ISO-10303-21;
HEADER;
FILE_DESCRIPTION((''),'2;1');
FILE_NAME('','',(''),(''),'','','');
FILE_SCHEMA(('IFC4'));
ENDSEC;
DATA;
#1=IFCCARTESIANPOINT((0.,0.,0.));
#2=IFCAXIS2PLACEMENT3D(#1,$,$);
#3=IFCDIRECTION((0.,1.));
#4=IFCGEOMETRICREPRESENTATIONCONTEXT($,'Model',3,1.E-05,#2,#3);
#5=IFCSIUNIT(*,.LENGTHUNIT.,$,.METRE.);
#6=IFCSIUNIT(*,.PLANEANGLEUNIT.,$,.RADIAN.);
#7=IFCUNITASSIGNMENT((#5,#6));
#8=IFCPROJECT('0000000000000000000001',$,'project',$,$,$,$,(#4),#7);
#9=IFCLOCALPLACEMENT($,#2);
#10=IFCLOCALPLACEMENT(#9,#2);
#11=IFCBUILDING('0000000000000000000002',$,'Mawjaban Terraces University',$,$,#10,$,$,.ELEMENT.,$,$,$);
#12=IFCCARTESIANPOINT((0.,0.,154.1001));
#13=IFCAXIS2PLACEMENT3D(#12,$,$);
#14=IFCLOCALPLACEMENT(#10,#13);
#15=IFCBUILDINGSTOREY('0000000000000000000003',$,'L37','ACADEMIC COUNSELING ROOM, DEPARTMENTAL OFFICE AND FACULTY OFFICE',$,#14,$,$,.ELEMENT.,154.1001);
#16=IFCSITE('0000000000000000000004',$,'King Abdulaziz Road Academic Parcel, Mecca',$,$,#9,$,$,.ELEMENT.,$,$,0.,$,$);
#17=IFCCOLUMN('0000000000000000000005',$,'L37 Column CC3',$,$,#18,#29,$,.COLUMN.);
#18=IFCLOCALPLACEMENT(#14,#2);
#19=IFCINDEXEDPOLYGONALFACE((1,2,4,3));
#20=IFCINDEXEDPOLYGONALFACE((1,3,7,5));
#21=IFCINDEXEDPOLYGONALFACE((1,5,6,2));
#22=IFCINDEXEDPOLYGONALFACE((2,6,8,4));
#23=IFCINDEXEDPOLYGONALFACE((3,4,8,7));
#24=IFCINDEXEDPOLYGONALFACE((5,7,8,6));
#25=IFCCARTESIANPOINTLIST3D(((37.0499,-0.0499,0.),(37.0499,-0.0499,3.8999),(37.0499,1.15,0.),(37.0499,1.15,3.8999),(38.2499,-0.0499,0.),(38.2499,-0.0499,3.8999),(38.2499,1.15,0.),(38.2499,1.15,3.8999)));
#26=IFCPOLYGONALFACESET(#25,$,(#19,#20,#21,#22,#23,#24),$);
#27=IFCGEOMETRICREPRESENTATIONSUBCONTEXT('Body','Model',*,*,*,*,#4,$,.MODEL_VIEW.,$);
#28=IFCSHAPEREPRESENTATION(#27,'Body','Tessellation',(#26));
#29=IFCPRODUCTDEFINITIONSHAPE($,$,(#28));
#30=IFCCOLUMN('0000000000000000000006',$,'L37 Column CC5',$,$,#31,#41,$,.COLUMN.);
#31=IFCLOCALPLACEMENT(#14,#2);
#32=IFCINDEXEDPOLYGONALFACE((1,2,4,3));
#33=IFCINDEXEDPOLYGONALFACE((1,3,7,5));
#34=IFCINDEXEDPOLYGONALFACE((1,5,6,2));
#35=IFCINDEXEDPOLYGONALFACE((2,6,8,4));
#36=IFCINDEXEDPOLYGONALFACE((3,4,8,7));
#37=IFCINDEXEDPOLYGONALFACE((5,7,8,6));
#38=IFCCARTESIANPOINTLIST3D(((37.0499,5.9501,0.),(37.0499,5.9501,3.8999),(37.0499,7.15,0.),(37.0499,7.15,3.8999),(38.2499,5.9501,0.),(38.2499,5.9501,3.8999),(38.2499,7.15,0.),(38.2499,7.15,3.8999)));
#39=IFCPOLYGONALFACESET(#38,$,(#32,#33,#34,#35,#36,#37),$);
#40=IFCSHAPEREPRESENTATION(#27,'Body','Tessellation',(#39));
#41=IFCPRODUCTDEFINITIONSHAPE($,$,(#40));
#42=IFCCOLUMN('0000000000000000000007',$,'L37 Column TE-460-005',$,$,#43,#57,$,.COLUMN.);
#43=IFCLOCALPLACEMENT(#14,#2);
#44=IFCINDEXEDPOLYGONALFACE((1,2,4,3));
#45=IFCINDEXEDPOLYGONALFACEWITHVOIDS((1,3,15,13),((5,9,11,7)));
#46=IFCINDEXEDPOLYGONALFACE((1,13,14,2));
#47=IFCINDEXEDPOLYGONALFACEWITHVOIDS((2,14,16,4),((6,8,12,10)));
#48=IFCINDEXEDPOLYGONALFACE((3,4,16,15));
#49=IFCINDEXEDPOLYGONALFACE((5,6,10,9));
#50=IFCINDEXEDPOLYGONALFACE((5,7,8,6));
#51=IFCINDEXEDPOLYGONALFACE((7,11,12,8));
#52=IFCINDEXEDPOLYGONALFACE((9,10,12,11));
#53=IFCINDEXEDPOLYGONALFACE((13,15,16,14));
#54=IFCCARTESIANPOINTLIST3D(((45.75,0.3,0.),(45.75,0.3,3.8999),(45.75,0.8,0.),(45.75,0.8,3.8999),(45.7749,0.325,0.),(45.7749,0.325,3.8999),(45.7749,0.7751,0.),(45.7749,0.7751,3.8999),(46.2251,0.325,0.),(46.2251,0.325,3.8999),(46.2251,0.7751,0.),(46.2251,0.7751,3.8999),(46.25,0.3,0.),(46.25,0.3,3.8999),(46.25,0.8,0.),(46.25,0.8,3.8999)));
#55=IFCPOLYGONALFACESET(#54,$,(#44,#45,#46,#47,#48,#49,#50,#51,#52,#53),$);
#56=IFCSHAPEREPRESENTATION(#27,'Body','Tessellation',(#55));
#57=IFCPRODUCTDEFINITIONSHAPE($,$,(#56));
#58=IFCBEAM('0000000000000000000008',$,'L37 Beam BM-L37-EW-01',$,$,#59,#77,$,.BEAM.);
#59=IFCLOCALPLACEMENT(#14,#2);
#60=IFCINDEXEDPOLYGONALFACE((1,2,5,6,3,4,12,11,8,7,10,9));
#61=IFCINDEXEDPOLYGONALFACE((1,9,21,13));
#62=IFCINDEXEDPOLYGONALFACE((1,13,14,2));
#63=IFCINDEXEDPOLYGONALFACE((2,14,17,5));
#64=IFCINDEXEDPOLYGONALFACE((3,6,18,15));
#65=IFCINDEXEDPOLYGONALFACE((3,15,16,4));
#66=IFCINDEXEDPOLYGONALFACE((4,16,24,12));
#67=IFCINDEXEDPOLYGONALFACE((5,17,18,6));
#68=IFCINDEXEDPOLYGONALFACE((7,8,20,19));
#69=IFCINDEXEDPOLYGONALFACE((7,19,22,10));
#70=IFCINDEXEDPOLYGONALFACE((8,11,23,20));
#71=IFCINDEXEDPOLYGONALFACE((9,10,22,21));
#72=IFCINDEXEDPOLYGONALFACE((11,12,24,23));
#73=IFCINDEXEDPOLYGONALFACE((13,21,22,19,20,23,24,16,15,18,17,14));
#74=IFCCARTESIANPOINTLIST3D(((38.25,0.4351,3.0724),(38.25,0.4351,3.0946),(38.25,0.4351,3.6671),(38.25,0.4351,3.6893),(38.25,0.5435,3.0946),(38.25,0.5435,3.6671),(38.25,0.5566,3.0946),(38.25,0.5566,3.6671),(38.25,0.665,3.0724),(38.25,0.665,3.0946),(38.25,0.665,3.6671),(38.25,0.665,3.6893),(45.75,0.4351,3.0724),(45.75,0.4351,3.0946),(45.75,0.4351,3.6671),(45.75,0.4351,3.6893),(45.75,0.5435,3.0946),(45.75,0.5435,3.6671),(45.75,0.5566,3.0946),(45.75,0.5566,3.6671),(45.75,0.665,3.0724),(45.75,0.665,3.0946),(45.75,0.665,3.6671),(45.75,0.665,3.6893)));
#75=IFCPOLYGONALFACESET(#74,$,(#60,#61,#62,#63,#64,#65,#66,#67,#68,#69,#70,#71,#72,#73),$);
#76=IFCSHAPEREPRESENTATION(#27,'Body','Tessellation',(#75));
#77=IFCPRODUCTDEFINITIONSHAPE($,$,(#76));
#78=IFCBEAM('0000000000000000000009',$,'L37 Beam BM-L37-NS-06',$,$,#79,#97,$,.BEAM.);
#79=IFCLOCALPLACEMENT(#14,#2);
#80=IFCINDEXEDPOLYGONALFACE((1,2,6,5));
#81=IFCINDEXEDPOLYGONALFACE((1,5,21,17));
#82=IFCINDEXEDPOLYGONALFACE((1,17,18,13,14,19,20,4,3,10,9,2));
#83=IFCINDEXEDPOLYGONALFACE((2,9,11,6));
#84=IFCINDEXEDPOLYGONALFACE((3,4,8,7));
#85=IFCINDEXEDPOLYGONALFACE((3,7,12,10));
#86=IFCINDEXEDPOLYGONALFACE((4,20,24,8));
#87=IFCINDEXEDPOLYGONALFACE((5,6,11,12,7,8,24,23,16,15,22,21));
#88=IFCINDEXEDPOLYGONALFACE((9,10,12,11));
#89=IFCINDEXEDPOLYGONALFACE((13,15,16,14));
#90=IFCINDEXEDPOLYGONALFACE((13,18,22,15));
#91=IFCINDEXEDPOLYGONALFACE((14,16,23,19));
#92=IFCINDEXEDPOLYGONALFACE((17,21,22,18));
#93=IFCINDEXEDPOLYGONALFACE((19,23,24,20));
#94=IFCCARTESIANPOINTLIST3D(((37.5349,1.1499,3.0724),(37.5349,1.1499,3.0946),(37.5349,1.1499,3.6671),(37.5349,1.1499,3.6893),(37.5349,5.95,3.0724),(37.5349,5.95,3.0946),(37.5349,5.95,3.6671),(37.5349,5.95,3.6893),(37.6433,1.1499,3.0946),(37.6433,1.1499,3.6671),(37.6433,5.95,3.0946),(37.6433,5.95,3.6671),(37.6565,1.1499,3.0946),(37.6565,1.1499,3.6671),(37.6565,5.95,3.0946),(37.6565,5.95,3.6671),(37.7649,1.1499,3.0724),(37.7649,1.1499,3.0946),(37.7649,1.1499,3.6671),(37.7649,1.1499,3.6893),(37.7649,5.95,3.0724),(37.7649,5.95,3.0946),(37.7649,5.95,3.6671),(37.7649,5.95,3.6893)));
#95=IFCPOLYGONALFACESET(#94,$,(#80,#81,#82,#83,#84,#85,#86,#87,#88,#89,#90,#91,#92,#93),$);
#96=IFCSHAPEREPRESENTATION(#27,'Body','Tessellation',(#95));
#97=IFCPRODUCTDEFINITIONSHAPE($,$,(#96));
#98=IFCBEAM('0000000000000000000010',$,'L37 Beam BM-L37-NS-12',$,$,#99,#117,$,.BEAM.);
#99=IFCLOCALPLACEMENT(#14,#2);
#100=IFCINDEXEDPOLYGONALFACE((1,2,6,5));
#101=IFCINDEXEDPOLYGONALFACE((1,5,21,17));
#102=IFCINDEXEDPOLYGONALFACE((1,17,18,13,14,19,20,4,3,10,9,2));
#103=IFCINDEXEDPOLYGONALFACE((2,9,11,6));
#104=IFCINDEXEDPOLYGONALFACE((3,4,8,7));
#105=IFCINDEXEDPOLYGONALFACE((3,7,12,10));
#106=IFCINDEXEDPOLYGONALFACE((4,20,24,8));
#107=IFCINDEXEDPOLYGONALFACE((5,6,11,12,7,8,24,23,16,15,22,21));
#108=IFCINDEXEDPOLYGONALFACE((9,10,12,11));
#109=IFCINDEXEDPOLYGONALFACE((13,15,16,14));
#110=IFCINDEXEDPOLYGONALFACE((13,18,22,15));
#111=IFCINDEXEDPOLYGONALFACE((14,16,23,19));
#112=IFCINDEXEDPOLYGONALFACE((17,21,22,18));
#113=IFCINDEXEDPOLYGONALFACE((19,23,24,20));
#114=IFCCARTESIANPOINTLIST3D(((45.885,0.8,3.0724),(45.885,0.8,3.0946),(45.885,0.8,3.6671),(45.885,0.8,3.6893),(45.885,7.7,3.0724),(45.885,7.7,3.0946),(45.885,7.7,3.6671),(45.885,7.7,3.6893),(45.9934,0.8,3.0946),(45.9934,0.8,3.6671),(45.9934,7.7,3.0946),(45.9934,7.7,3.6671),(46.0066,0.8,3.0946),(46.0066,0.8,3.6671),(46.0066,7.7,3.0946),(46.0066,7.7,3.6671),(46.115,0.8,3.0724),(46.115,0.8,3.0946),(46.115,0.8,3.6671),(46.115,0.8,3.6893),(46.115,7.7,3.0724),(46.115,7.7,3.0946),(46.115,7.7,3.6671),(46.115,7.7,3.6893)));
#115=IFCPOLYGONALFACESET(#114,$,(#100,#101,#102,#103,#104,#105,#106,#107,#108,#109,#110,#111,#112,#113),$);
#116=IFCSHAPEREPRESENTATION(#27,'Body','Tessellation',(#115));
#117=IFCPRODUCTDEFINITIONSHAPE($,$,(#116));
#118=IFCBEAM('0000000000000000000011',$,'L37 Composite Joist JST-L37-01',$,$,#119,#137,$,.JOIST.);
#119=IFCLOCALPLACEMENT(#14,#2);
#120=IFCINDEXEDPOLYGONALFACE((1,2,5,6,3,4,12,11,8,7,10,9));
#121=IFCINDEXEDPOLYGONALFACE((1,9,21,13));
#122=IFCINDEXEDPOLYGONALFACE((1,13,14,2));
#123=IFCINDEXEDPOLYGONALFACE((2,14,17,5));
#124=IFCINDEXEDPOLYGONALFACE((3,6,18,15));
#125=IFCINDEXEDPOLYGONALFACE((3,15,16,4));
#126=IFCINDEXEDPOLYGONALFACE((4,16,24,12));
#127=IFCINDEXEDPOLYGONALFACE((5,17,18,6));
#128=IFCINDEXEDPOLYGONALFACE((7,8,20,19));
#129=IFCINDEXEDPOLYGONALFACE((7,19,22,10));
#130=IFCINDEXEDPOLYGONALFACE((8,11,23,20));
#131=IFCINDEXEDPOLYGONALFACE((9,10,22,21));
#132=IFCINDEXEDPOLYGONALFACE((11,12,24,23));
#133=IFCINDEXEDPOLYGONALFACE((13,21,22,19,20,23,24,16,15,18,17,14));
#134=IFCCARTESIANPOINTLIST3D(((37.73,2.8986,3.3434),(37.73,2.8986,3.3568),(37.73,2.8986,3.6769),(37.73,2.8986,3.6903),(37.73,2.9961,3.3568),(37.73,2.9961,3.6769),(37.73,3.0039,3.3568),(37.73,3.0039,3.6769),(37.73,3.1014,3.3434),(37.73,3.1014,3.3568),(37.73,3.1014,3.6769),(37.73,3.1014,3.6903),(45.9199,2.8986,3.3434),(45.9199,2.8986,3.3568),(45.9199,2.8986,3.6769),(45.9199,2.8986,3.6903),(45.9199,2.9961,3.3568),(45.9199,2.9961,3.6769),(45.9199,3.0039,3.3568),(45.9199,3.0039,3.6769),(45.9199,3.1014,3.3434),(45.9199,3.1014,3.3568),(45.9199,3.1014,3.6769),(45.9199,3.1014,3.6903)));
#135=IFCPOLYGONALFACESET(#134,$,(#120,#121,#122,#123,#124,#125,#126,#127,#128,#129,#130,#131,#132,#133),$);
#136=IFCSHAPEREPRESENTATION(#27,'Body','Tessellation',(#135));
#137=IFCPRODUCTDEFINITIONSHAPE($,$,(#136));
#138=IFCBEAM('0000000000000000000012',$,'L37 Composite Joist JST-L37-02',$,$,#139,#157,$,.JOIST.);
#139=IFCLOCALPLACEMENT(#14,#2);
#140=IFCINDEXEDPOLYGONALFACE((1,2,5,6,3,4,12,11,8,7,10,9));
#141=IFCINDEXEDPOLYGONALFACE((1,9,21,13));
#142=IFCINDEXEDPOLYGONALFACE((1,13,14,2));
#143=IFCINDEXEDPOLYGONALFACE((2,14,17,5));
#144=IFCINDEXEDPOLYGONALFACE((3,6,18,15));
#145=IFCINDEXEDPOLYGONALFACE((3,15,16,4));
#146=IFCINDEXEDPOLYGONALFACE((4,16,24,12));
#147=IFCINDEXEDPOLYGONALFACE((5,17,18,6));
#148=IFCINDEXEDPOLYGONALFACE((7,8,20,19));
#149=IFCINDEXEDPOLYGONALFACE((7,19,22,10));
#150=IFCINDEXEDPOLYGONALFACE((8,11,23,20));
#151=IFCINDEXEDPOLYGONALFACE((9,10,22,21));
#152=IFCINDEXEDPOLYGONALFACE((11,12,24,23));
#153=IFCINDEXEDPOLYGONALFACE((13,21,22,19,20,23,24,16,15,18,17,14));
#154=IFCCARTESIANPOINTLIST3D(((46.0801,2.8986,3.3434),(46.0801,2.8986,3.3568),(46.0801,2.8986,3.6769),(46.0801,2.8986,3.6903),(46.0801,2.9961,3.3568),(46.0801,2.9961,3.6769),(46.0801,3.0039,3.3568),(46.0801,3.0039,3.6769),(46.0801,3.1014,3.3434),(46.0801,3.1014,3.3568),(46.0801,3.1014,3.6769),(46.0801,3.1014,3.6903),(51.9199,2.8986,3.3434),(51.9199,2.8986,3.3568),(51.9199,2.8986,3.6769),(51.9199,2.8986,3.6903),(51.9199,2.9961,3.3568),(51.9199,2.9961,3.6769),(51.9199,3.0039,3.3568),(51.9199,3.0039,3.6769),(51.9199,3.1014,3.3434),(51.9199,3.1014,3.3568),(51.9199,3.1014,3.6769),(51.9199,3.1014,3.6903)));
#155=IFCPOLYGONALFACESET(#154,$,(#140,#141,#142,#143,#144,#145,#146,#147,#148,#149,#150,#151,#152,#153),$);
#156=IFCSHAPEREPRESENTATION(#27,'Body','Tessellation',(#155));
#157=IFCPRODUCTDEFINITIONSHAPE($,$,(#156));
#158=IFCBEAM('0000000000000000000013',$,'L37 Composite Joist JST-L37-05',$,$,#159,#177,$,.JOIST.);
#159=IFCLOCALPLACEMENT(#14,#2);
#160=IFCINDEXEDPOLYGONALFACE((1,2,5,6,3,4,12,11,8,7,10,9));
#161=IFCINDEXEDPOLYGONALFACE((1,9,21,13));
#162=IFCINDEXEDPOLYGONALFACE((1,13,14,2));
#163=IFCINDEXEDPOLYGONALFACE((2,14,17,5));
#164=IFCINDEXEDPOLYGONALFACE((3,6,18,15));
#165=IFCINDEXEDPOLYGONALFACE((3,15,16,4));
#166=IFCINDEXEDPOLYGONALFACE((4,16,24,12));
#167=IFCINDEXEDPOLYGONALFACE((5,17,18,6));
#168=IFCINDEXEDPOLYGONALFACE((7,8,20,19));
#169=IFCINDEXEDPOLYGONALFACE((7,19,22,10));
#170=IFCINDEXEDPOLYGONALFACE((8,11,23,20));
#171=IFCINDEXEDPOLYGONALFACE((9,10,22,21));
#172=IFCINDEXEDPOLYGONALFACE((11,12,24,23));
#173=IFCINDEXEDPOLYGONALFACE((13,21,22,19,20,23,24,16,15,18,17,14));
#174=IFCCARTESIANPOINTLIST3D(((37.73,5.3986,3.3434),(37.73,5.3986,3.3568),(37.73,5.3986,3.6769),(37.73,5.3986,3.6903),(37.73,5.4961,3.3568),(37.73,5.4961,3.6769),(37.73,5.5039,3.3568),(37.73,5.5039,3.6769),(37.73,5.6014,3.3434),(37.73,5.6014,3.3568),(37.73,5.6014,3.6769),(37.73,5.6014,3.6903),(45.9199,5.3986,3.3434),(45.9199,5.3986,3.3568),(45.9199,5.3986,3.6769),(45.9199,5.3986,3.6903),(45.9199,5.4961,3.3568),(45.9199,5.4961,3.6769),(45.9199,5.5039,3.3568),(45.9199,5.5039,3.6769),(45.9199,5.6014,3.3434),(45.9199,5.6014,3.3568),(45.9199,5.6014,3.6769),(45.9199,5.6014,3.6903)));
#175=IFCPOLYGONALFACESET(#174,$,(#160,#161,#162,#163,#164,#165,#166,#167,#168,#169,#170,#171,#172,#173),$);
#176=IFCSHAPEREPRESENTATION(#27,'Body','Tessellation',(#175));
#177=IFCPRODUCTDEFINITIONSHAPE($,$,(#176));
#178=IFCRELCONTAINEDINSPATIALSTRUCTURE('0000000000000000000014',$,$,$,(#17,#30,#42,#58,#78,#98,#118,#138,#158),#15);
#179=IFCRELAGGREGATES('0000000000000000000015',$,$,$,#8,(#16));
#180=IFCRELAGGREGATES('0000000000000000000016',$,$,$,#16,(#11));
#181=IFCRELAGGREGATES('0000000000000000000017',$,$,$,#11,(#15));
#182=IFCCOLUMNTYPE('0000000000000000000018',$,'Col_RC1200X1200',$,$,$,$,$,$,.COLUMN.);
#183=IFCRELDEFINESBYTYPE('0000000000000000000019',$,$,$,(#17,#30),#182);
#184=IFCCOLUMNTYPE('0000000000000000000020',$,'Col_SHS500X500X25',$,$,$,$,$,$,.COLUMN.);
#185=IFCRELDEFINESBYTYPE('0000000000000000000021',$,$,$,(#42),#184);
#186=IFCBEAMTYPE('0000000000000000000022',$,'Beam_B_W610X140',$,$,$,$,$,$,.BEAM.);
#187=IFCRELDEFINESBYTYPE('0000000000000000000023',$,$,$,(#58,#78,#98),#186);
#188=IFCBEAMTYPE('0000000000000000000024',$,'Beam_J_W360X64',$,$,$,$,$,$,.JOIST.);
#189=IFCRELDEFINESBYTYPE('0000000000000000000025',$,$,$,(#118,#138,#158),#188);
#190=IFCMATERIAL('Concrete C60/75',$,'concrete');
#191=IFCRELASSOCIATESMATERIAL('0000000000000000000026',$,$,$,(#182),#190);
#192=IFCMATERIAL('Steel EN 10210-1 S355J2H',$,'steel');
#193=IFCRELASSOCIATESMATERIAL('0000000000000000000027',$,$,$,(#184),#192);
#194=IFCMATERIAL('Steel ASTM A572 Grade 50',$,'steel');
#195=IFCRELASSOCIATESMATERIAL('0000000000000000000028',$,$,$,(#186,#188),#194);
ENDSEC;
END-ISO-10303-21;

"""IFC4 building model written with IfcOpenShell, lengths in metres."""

from ifc_helpers import new_model, si_unit, direction, frame, origin, origin_2d, place, context, subcontext, project, spatial, rectangle, hollow_rectangle, i_section, extrude, material, material_profile, profile_set, type_object, element, save


model = new_model("IFC4")

# Units and contexts
model_context = context("Model", 3, precision=1e-05, world=origin(), true_north=direction((0.0, 1.0)))
body_context = subcontext(model_context, "Body", "Model", "MODEL_VIEW")
ifc_project = project(units=[si_unit("LENGTHUNIT", "METRE"), si_unit("PLANEANGLEUNIT", "RADIAN")], contexts=[model_context])

# Site, building, storey
site_placement = place(None, origin())
site = spatial("IfcSite", under=ifc_project, at=site_placement, Name="King Abdulaziz Road Academic Parcel, Mecca", CompositionType="ELEMENT", RefElevation=0.0)
building_placement = place(site_placement, origin())
building = spatial("IfcBuilding", under=site, at=building_placement, Name="Mawjaban Terraces University", CompositionType="ELEMENT")
storey_placement = place(building_placement, frame((0.0, 0.0, 154.1001)))
storey = spatial("IfcBuildingStorey", under=building, at=storey_placement, Name="L37", Description="ACADEMIC COUNSELING ROOM, DEPARTMENTAL OFFICE AND FACULTY OFFICE", CompositionType="ELEMENT", Elevation=154.1001)

# Columns
ifc_material_1 = material(Name="Concrete C60/75", Category="concrete")
ifc_material_profile_1 = material_profile(ifc_material_1, rectangle(XDim=1.2, YDim=1.2, at=origin_2d()), Name="RC1200X1200")
ifc_profile_set_1 = profile_set([ifc_material_profile_1], Name="Concrete C60/75")
column_type_1 = type_object("IfcColumnType", Name="Col_RC1200X1200", PredefinedType="COLUMN", material=ifc_profile_set_1)
for number, where, z_axis, x_axis, name in (
    (1, (37.6499, 0.55, 0.0), (0.0, 0.0, 1.0), (1.0, 0.0, 0.0), "L37 Column CC3"),
    (2, (37.6499, 6.55, 0.0), (0.0, 0.0, 1.0), (1.0, 0.0, 0.0), "L37 Column CC5"),
):
    element("IfcColumn", number, at=place(storey_placement, frame(where, z_axis=z_axis, x_axis=x_axis)), inside=storey, type_object=column_type_1, Name=name, PredefinedType="COLUMN", context=body_context, shape_type="SweptSolid", body=[
        extrude(rectangle(XDim=1.2, YDim=1.2, at=origin_2d()), origin(), (0.0, 0.0, 1.0), 3.8999),
    ])
ifc_material_2 = material(Name="Steel EN 10210-1 S355J2H", Category="steel")
ifc_material_profile_2 = material_profile(ifc_material_2, hollow_rectangle(XDim=0.5, YDim=0.5, WallThickness=0.0249, at=origin_2d()), Name="SHS500X500X25")
ifc_profile_set_2 = profile_set([ifc_material_profile_2], Name="Steel EN 10210-1 S355J2H")
column_type_2 = type_object("IfcColumnType", Name="Col_SHS500X500X25", PredefinedType="COLUMN", material=ifc_profile_set_2)
column_placement = place(storey_placement, frame((46.0, 0.55, 0.0), z_axis=(0.0, 0.0, 1.0), x_axis=(1.0, 0.0, 0.0)))
element("IfcColumn", 3, at=column_placement, inside=storey, type_object=column_type_2, Name="L37 Column TE-460-005", PredefinedType="COLUMN", context=body_context, shape_type="SweptSolid", body=[
    extrude(hollow_rectangle(XDim=0.5, YDim=0.5, WallThickness=0.0249, at=origin_2d()), origin(), (0.0, 0.0, 1.0), 3.8999),
])

# Beams
ifc_material_3 = material(Name="Steel ASTM A572 Grade 50", Category="steel")
ifc_material_profile_3 = material_profile(ifc_material_3, i_section(OverallWidth=0.23, OverallDepth=0.6169, WebThickness=0.0132, FlangeThickness=0.0222, at=origin_2d()), Name="W610X140")
ifc_profile_set_3 = profile_set([ifc_material_profile_3], Name="Steel ASTM A572 Grade 50")
beam_type_1 = type_object("IfcBeamType", Name="Beam_B_W610X140", PredefinedType="BEAM", material=ifc_profile_set_3)
beam_1_placement = place(storey_placement, frame((38.25, 0.55, 3.3809), z_axis=(1.0, 0.0, 0.0), x_axis=(0.0, 1.0, 0.0)))
element("IfcBeam", 4, at=beam_1_placement, inside=storey, type_object=beam_type_1, Name="L37 Beam BM-L37-EW-01", PredefinedType="BEAM", context=body_context, shape_type="SweptSolid", body=[
    extrude(i_section(OverallWidth=0.23, OverallDepth=0.6169, WebThickness=0.0132, FlangeThickness=0.0222, at=origin_2d()), origin(), (0.0, 0.0, 1.0), 7.5),
])
beam_2_placement = place(storey_placement, frame((37.6499, 1.1499, 3.3809), z_axis=(0.0, 1.0, 0.0), x_axis=(-1.0, 0.0, 0.0)))
element("IfcBeam", 5, at=beam_2_placement, inside=storey, type_object=beam_type_1, Name="L37 Beam BM-L37-NS-06", PredefinedType="BEAM", context=body_context, shape_type="SweptSolid", body=[
    extrude(i_section(OverallWidth=0.23, OverallDepth=0.6169, WebThickness=0.0132, FlangeThickness=0.0222, at=origin_2d()), origin(), (0.0, 0.0, 1.0), 4.8),
])
beam_3_placement = place(storey_placement, frame((46.0, 0.8, 3.3809), z_axis=(0.0, 1.0, 0.0), x_axis=(-1.0, 0.0, 0.0)))
element("IfcBeam", 6, at=beam_3_placement, inside=storey, type_object=beam_type_1, Name="L37 Beam BM-L37-NS-12", PredefinedType="BEAM", context=body_context, shape_type="SweptSolid", body=[
    extrude(i_section(OverallWidth=0.23, OverallDepth=0.6169, WebThickness=0.0132, FlangeThickness=0.0222, at=origin_2d()), origin(), (0.0, 0.0, 1.0), 6.8999),
])
ifc_material_profile_4 = material_profile(ifc_material_3, i_section(OverallWidth=0.2029, OverallDepth=0.3469, WebThickness=0.0078, FlangeThickness=0.0134, at=origin_2d()), Name="W360X64")
ifc_profile_set_4 = profile_set([ifc_material_profile_4], Name="Steel ASTM A572 Grade 50")
beam_type_2 = type_object("IfcBeamType", Name="Beam_J_W360X64", PredefinedType="JOIST", material=ifc_profile_set_4)
beam_4_placement = place(storey_placement, frame((37.73, 3.0, 3.5168), z_axis=(1.0, 0.0, 0.0), x_axis=(0.0, 1.0, 0.0)))
element("IfcBeam", 7, at=beam_4_placement, inside=storey, type_object=beam_type_2, Name="L37 Composite Joist JST-L37-01", PredefinedType="JOIST", context=body_context, shape_type="SweptSolid", body=[
    extrude(i_section(OverallWidth=0.2029, OverallDepth=0.3469, WebThickness=0.0078, FlangeThickness=0.0134, at=origin_2d()), origin(), (0.0, 0.0, 1.0), 8.1899),
])
beam_5_placement = place(storey_placement, frame((46.0801, 3.0, 3.5168), z_axis=(1.0, 0.0, 0.0), x_axis=(0.0, 1.0, 0.0)))
element("IfcBeam", 8, at=beam_5_placement, inside=storey, type_object=beam_type_2, Name="L37 Composite Joist JST-L37-02", PredefinedType="JOIST", context=body_context, shape_type="SweptSolid", body=[
    extrude(i_section(OverallWidth=0.2029, OverallDepth=0.3469, WebThickness=0.0078, FlangeThickness=0.0134, at=origin_2d()), origin(), (0.0, 0.0, 1.0), 5.8398),
])
beam_6_placement = place(storey_placement, frame((37.73, 5.5, 3.5168), z_axis=(1.0, 0.0, 0.0), x_axis=(0.0, 1.0, 0.0)))
element("IfcBeam", 9, at=beam_6_placement, inside=storey, type_object=beam_type_2, Name="L37 Composite Joist JST-L37-05", PredefinedType="JOIST", context=body_context, shape_type="SweptSolid", body=[
    extrude(i_section(OverallWidth=0.2029, OverallDepth=0.3469, WebThickness=0.0078, FlangeThickness=0.0134, at=origin_2d()), origin(), (0.0, 0.0, 1.0), 8.1899),
])

save(model, "model.ifc")
